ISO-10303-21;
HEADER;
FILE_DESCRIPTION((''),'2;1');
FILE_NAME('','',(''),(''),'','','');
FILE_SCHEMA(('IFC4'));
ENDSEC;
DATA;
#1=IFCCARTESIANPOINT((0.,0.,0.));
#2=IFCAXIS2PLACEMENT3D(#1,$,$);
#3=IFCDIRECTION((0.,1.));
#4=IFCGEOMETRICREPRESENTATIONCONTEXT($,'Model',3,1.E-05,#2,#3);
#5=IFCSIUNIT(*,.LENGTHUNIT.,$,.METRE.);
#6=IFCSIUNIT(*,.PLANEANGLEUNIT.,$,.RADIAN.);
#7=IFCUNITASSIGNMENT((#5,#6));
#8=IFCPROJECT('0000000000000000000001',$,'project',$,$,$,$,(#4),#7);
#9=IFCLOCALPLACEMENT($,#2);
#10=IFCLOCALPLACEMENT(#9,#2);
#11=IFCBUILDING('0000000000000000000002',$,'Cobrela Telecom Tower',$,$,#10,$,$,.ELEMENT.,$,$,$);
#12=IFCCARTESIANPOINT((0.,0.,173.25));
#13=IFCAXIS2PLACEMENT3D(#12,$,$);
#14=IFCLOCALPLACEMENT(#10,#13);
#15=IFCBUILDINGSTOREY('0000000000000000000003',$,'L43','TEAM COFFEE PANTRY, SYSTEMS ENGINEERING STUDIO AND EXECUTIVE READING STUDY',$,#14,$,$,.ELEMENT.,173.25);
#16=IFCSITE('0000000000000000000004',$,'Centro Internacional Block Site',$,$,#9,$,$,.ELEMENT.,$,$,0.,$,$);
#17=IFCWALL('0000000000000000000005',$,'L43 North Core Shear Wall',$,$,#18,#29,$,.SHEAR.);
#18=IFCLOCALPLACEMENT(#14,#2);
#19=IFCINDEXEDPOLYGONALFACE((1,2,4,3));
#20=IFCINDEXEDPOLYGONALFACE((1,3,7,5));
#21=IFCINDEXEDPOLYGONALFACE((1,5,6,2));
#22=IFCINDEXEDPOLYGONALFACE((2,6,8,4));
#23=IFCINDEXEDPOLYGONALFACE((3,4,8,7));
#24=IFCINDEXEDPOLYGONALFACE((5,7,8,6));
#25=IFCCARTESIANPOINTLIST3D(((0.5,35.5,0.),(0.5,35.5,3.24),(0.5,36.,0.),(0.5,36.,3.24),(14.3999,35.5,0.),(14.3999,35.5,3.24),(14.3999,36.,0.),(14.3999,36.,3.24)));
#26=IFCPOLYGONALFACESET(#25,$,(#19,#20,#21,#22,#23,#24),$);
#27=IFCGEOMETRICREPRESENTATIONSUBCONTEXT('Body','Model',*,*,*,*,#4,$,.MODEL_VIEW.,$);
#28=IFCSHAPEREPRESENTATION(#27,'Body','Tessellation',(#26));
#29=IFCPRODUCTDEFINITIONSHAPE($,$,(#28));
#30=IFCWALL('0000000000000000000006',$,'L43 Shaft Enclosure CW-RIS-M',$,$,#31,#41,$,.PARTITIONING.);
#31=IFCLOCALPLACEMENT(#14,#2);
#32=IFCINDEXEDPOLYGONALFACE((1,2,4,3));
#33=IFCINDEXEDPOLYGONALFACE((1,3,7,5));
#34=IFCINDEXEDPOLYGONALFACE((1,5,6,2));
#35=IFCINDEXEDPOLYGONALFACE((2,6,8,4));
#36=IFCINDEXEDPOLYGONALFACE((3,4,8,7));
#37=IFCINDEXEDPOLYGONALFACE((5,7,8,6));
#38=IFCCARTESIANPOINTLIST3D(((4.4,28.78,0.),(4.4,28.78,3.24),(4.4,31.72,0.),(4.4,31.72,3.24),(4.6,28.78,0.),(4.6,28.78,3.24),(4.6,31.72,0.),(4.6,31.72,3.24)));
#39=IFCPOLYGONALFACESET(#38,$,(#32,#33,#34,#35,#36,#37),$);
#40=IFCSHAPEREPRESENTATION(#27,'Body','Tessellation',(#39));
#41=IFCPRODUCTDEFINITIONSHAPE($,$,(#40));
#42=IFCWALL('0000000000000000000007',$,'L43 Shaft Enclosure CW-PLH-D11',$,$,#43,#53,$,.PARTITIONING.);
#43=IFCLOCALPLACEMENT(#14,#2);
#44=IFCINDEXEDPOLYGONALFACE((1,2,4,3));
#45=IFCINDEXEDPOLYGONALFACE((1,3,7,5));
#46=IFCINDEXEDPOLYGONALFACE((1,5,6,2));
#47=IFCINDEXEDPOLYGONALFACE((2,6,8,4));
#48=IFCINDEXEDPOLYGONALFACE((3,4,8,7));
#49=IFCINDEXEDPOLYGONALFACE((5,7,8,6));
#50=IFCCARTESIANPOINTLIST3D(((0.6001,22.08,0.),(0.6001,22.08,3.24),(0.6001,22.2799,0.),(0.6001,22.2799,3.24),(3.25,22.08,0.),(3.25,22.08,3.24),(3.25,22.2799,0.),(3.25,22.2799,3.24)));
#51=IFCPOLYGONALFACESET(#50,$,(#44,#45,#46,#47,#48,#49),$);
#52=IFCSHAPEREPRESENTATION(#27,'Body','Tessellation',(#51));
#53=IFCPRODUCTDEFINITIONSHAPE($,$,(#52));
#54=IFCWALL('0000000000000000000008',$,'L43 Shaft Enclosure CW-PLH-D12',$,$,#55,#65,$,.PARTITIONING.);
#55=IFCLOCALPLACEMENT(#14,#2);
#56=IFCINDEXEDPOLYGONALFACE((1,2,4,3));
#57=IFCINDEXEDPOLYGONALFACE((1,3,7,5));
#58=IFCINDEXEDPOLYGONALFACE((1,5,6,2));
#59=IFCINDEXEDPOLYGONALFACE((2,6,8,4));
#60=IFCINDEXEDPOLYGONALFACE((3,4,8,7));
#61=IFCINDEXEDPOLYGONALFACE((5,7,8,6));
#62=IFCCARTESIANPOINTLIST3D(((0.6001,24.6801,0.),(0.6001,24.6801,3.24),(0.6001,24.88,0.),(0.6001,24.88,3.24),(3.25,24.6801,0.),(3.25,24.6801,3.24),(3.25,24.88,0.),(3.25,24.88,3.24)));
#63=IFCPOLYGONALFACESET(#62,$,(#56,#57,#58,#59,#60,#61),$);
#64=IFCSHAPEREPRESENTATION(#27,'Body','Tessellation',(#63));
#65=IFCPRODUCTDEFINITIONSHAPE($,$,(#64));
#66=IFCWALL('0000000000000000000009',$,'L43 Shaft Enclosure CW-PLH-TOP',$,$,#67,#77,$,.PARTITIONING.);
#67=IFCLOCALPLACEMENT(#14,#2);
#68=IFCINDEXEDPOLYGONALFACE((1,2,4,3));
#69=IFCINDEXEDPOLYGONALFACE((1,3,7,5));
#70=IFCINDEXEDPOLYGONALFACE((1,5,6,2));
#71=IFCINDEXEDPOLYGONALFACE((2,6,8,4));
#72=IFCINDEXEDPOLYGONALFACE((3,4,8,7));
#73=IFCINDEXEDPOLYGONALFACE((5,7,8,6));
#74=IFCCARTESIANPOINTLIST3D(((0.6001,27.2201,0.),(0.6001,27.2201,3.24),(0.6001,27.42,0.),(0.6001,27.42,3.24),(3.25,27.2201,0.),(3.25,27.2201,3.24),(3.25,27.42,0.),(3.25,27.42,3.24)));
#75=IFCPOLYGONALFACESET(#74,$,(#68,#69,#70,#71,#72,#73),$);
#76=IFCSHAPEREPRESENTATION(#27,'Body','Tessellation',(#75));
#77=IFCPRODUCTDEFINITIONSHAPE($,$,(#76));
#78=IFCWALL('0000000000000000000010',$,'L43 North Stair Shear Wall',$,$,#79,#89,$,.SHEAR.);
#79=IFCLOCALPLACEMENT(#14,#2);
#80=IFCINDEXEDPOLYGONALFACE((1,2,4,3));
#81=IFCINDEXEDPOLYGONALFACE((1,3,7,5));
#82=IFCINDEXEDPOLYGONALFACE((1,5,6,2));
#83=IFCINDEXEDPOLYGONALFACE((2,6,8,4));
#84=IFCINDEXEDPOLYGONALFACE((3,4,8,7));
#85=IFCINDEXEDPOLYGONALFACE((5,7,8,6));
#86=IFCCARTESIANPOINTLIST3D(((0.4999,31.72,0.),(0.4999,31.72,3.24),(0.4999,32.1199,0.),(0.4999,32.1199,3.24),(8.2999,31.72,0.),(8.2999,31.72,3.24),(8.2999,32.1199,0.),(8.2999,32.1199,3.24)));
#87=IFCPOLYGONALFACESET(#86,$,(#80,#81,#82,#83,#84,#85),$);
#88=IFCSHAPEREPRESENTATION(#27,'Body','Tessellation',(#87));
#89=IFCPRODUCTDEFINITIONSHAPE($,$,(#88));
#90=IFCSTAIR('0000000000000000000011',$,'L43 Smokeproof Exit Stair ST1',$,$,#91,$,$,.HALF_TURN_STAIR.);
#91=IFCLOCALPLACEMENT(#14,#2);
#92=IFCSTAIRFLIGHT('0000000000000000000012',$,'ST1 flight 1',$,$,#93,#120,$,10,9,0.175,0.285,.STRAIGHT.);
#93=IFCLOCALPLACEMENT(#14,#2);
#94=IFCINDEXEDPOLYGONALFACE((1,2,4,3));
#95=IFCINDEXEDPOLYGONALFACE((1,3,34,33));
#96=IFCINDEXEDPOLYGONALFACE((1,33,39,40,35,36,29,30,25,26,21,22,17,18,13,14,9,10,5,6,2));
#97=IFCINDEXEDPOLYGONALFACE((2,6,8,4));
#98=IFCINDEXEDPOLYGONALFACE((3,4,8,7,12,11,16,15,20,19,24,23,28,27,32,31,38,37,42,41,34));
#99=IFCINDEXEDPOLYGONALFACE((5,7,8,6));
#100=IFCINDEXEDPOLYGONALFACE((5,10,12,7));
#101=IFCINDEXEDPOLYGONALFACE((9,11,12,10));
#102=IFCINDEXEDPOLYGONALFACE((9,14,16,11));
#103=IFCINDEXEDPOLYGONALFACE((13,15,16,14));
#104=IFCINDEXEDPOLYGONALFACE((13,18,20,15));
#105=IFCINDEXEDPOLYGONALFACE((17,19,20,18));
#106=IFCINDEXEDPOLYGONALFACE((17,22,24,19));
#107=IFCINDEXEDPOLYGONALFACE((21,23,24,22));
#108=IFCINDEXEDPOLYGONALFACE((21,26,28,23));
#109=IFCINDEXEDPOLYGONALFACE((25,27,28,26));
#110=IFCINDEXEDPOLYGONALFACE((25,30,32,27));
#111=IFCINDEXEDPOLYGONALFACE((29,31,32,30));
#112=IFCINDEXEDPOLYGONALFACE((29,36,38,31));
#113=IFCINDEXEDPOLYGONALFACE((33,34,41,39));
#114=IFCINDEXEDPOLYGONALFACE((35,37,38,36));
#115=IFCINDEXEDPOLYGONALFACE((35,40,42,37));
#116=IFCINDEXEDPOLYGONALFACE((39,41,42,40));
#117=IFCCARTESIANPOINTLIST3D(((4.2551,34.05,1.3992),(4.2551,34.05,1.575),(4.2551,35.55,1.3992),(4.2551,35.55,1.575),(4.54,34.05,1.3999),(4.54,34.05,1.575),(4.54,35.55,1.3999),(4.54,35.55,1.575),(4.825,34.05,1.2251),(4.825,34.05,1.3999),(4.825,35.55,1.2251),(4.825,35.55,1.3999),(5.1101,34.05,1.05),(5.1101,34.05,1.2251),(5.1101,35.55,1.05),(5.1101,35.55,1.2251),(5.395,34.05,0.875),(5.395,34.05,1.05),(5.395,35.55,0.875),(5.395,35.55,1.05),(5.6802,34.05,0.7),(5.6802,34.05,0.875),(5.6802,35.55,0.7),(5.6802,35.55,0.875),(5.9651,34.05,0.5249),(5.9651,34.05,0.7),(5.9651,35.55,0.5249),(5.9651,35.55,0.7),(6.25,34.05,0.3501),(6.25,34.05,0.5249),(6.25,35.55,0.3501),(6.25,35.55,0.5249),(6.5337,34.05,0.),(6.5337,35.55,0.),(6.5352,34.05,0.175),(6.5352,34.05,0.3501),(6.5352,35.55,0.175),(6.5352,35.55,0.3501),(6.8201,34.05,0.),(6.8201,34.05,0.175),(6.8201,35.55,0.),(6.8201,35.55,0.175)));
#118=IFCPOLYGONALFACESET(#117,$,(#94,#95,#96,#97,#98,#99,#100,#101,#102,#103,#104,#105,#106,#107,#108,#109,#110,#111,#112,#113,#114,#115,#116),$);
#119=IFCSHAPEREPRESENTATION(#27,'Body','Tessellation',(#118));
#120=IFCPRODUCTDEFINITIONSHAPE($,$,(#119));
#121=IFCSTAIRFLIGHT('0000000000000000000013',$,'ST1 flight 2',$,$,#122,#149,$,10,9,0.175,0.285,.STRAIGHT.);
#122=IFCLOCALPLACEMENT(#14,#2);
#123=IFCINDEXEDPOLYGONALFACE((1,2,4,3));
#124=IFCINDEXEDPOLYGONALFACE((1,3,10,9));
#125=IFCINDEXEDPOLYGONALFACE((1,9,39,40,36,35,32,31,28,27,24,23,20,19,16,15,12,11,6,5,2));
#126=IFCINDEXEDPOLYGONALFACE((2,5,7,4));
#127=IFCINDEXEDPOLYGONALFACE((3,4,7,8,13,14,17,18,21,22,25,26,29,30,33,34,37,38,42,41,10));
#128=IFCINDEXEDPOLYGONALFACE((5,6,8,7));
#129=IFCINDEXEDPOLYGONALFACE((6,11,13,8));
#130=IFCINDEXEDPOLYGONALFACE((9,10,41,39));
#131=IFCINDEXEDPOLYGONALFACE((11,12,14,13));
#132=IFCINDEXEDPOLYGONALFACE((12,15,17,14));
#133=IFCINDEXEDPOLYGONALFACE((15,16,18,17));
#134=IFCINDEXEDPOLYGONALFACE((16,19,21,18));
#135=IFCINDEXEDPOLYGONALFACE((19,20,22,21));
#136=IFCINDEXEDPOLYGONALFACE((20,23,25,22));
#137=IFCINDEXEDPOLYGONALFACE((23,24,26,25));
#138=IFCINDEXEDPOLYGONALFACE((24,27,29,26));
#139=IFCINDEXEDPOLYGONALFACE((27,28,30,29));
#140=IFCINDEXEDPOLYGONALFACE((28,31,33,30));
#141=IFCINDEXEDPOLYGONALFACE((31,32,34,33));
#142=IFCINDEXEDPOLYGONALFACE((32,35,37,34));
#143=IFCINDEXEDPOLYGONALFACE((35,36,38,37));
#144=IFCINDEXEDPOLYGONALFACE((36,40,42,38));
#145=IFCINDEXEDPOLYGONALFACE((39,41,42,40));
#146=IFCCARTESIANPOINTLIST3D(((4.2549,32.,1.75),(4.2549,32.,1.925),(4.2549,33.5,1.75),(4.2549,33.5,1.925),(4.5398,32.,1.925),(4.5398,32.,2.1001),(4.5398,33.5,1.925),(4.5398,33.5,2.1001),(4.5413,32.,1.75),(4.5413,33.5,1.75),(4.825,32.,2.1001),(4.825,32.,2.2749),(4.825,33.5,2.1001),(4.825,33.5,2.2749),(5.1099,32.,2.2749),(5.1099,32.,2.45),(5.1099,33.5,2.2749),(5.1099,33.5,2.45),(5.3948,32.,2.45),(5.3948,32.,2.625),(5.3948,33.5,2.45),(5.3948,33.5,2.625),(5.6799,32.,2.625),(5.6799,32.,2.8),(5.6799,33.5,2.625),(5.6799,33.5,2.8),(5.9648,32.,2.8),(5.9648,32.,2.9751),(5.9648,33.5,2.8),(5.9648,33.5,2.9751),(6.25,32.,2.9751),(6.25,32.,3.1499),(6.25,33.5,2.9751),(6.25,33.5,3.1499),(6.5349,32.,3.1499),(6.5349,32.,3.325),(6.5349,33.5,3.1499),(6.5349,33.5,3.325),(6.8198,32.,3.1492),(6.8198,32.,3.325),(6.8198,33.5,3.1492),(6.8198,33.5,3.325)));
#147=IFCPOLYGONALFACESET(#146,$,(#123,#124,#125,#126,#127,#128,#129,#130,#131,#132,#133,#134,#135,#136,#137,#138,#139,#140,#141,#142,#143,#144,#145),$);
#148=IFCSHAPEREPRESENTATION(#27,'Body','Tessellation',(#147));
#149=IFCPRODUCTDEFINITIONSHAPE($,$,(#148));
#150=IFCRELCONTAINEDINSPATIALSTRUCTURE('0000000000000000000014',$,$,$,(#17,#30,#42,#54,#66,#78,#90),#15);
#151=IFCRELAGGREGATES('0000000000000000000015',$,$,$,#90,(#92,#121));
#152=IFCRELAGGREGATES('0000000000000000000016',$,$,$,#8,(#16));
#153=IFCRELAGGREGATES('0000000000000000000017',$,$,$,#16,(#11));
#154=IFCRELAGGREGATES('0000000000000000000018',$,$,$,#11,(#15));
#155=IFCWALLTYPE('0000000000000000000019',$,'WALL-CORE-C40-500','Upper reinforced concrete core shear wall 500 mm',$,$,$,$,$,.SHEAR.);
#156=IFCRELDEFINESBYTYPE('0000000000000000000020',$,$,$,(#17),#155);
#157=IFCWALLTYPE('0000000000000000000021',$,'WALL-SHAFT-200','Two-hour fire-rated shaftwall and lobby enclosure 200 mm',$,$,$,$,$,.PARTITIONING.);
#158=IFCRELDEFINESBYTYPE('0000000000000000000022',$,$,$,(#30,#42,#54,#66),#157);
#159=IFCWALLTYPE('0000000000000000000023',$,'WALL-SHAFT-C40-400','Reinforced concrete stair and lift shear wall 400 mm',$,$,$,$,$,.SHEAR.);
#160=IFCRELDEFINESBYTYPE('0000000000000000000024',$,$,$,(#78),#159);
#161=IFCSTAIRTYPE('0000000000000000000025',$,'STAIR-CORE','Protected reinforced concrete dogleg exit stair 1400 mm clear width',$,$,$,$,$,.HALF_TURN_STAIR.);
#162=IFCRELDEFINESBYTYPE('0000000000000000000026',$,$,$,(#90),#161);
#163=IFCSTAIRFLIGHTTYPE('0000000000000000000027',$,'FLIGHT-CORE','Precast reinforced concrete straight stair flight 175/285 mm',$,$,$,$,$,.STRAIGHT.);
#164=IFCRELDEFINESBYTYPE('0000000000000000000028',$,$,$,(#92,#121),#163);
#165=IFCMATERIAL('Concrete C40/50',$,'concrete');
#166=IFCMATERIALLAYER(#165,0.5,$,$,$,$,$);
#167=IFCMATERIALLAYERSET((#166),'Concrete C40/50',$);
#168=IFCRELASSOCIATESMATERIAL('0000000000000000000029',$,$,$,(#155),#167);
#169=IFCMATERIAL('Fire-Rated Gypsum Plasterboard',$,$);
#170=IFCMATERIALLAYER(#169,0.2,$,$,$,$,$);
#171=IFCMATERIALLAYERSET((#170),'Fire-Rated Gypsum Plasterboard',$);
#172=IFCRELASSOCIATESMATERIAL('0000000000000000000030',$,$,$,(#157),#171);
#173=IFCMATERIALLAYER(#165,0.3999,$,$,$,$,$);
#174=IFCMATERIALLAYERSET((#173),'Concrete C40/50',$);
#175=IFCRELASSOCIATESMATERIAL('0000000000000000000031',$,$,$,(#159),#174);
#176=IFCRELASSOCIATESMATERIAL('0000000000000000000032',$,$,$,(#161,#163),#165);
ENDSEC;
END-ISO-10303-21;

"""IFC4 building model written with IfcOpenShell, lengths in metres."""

from ifc_helpers import new_model, si_unit, direction, frame, frame_2d, origin, place, context, subcontext, project, spatial, polyline, rectangle, outline, extrude, material, layer, layer_set, type_object, element, aggregate, save


model = new_model("IFC4")

# Units and contexts
model_context = context("Model", 3, precision=1e-05, world=origin(), true_north=direction((0.0, 1.0)))
body_context = subcontext(model_context, "Body", "Model", "MODEL_VIEW")
ifc_project = project(units=[si_unit("LENGTHUNIT", "METRE"), si_unit("PLANEANGLEUNIT", "RADIAN")], contexts=[model_context])

# Site, building, storey
site_placement = place(None, origin())
site = spatial("IfcSite", under=ifc_project, at=site_placement, Name="Centro Internacional Block Site", CompositionType="ELEMENT", RefElevation=0.0)
building_placement = place(site_placement, origin())
building = spatial("IfcBuilding", under=site, at=building_placement, Name="Cobrela Telecom Tower", CompositionType="ELEMENT")
storey_placement = place(building_placement, frame((0.0, 0.0, 173.25)))
storey = spatial("IfcBuildingStorey", under=building, at=storey_placement, Name="L43", Description="TEAM COFFEE PANTRY, SYSTEMS ENGINEERING STUDIO AND EXECUTIVE READING STUDY", CompositionType="ELEMENT", Elevation=173.25)

# Wall
ifc_material_1 = material(Name="Concrete C40/50", Category="concrete")
ifc_layer_1 = layer(ifc_material_1, 0.5)
ifc_layer_set_1 = layer_set([ifc_layer_1], Name="Concrete C40/50")
wall_type_1 = type_object("IfcWallType", Name="WALL-CORE-C40-500", Description="Upper reinforced concrete core shear wall 500 mm", PredefinedType="SHEAR", material=ifc_layer_set_1)
wall_1_placement = place(storey_placement, frame((0.5, 35.75, 0.0), z_axis=(0.0, 0.0, 1.0), x_axis=(1.0, 0.0, 0.0)))
element("IfcWall", 1, at=wall_1_placement, inside=storey, type_object=wall_type_1, Name="L43 North Core Shear Wall", PredefinedType="SHEAR", context=body_context, shape_type="SweptSolid", body=[
    extrude(rectangle(XDim=13.8999, YDim=0.5, at=frame_2d((6.95, 0.0))), origin(), (0.0, 0.0, 1.0), 3.24),
])

# Shared definitions
ifc_material_2 = material(Name="Fire-Rated Gypsum Plasterboard")
ifc_layer_2 = layer(ifc_material_2, 0.2)
ifc_layer_set_2 = layer_set([ifc_layer_2], Name="Fire-Rated Gypsum Plasterboard")
wall_type_2 = type_object("IfcWallType", Name="WALL-SHAFT-200", Description="Two-hour fire-rated shaftwall and lobby enclosure 200 mm", PredefinedType="PARTITIONING", material=ifc_layer_set_2)

# Walls
wall_2_placement = place(storey_placement, frame((4.5, 28.78, 0.0), z_axis=(0.0, 0.0, 1.0), x_axis=(0.0, 1.0, 0.0)))
element("IfcWall", 2, at=wall_2_placement, inside=storey, type_object=wall_type_2, Name="L43 Shaft Enclosure CW-RIS-M", PredefinedType="PARTITIONING", context=body_context, shape_type="SweptSolid", body=[
    extrude(rectangle(XDim=2.9399, YDim=0.2, at=frame_2d((1.47, 0.0))), origin(), (0.0, 0.0, 1.0), 3.24),
])
for number, where, z_axis, x_axis, name in (
    (3, (0.6001, 22.1799, 0.0), (0.0, 0.0, 1.0), (1.0, 0.0, 0.0), "L43 Shaft Enclosure CW-PLH-D11"),
    (4, (0.6001, 24.78, 0.0), (0.0, 0.0, 1.0), (1.0, 0.0, 0.0), "L43 Shaft Enclosure CW-PLH-D12"),
    (5, (0.6001, 27.3201, 0.0), (0.0, 0.0, 1.0), (1.0, 0.0, 0.0), "L43 Shaft Enclosure CW-PLH-TOP"),
):
    element("IfcWall", number, at=place(storey_placement, frame(where, z_axis=z_axis, x_axis=x_axis)), inside=storey, type_object=wall_type_2, Name=name, PredefinedType="PARTITIONING", context=body_context, shape_type="SweptSolid", body=[
        extrude(rectangle(XDim=2.6499, YDim=0.2, at=frame_2d((1.325, 0.0))), origin(), (0.0, 0.0, 1.0), 3.24),
    ])
ifc_layer_3 = layer(ifc_material_1, 0.3999)
ifc_layer_set_3 = layer_set([ifc_layer_3], Name="Concrete C40/50")
wall_type_3 = type_object("IfcWallType", Name="WALL-SHAFT-C40-400", Description="Reinforced concrete stair and lift shear wall 400 mm", PredefinedType="SHEAR", material=ifc_layer_set_3)
wall_3_placement = place(storey_placement, frame((0.5, 31.9199, 0.0), z_axis=(0.0, 0.0, 1.0), x_axis=(1.0, 0.0, 0.0)))
element("IfcWall", 6, at=wall_3_placement, inside=storey, type_object=wall_type_3, Name="L43 North Stair Shear Wall", PredefinedType="SHEAR", context=body_context, shape_type="SweptSolid", body=[
    extrude(rectangle(XDim=7.8, YDim=0.3999, at=frame_2d((3.8999, 0.0))), origin(), (0.0, 0.0, 1.0), 3.24),
])

# Stair, stair flights
stair_type = type_object("IfcStairType", Name="STAIR-CORE", Description="Protected reinforced concrete dogleg exit stair 1400 mm clear width", PredefinedType="HALF_TURN_STAIR", material=ifc_material_1)
stair_placement = place(storey_placement, origin())
stair = element("IfcStair", 7, at=stair_placement, inside=storey, type_object=stair_type, Name="L43 Smokeproof Exit Stair ST1", PredefinedType="HALF_TURN_STAIR")
stair_flight_type = type_object("IfcStairFlightType", Name="FLIGHT-CORE", Description="Precast reinforced concrete straight stair flight 175/285 mm", PredefinedType="STRAIGHT", material=ifc_material_1)
stair_flight_1_placement = place(storey_placement, frame((6.8201, 34.8, 0.0), z_axis=(0.0, 0.0, 1.0), x_axis=(-1.0, 0.0, 0.0)))
stair_flight_1 = element("IfcStairFlight", 8, at=stair_flight_1_placement, type_object=stair_flight_type, Name="ST1 flight 1", NumberOfRisers=10, NumberOfTreads=9, PredefinedType="STRAIGHT", RiserHeight=0.175, TreadLength=0.285, context=body_context, shape_type="SweptSolid", body=[
    extrude(outline(polyline([(0.0, 0.0), (0.0, 0.175), (0.2849, 0.175), (0.2849, 0.3501), (0.5701, 0.3501), (0.5701, 0.5249), (0.855, 0.5249), (0.855, 0.7), (1.1399, 0.7), (1.1399, 0.875), (1.425, 0.875), (1.425, 1.05), (1.71, 1.05), (1.71, 1.2251), (1.9951, 1.2251), (1.9951, 1.3999), (2.28, 1.3999), (2.28, 1.575), (2.5649, 1.575), (2.5649, 1.75), (2.5649, 1.3992), (0.2864, 0.0), (0.0, 0.0)])), frame((0.0, 0.75, 0.0), z_axis=(0.0, -1.0, 0.0), x_axis=(1.0, 0.0, 0.0)), (0.0, 0.0, 1.0), 1.5),
])
stair_flight_2_placement = place(storey_placement, frame((4.2549, 32.75, 1.75), z_axis=(0.0, 0.0, 1.0), x_axis=(1.0, 0.0, 0.0)))
stair_flight_2 = element("IfcStairFlight", 9, at=stair_flight_2_placement, type_object=stair_flight_type, Name="ST1 flight 2", NumberOfRisers=10, NumberOfTreads=9, PredefinedType="STRAIGHT", RiserHeight=0.175, TreadLength=0.285, context=body_context, shape_type="SweptSolid", body=[
    extrude(outline(polyline([(0.0, 0.0), (0.0, 0.175), (0.2849, 0.175), (0.2849, 0.3501), (0.5701, 0.3501), (0.5701, 0.5249), (0.855, 0.5249), (0.855, 0.7), (1.1399, 0.7), (1.1399, 0.875), (1.425, 0.875), (1.425, 1.05), (1.71, 1.05), (1.71, 1.2251), (1.9951, 1.2251), (1.9951, 1.3999), (2.28, 1.3999), (2.28, 1.575), (2.5649, 1.575), (2.5649, 1.75), (2.5649, 1.3992), (0.2864, 0.0), (0.0, 0.0)])), frame((0.0, 0.75, 0.0), z_axis=(0.0, -1.0, 0.0), x_axis=(1.0, 0.0, 0.0)), (0.0, 0.0, 1.0), 1.5),
])
aggregate(stair, [stair_flight_1, stair_flight_2])

save(model, "model.ifc")
